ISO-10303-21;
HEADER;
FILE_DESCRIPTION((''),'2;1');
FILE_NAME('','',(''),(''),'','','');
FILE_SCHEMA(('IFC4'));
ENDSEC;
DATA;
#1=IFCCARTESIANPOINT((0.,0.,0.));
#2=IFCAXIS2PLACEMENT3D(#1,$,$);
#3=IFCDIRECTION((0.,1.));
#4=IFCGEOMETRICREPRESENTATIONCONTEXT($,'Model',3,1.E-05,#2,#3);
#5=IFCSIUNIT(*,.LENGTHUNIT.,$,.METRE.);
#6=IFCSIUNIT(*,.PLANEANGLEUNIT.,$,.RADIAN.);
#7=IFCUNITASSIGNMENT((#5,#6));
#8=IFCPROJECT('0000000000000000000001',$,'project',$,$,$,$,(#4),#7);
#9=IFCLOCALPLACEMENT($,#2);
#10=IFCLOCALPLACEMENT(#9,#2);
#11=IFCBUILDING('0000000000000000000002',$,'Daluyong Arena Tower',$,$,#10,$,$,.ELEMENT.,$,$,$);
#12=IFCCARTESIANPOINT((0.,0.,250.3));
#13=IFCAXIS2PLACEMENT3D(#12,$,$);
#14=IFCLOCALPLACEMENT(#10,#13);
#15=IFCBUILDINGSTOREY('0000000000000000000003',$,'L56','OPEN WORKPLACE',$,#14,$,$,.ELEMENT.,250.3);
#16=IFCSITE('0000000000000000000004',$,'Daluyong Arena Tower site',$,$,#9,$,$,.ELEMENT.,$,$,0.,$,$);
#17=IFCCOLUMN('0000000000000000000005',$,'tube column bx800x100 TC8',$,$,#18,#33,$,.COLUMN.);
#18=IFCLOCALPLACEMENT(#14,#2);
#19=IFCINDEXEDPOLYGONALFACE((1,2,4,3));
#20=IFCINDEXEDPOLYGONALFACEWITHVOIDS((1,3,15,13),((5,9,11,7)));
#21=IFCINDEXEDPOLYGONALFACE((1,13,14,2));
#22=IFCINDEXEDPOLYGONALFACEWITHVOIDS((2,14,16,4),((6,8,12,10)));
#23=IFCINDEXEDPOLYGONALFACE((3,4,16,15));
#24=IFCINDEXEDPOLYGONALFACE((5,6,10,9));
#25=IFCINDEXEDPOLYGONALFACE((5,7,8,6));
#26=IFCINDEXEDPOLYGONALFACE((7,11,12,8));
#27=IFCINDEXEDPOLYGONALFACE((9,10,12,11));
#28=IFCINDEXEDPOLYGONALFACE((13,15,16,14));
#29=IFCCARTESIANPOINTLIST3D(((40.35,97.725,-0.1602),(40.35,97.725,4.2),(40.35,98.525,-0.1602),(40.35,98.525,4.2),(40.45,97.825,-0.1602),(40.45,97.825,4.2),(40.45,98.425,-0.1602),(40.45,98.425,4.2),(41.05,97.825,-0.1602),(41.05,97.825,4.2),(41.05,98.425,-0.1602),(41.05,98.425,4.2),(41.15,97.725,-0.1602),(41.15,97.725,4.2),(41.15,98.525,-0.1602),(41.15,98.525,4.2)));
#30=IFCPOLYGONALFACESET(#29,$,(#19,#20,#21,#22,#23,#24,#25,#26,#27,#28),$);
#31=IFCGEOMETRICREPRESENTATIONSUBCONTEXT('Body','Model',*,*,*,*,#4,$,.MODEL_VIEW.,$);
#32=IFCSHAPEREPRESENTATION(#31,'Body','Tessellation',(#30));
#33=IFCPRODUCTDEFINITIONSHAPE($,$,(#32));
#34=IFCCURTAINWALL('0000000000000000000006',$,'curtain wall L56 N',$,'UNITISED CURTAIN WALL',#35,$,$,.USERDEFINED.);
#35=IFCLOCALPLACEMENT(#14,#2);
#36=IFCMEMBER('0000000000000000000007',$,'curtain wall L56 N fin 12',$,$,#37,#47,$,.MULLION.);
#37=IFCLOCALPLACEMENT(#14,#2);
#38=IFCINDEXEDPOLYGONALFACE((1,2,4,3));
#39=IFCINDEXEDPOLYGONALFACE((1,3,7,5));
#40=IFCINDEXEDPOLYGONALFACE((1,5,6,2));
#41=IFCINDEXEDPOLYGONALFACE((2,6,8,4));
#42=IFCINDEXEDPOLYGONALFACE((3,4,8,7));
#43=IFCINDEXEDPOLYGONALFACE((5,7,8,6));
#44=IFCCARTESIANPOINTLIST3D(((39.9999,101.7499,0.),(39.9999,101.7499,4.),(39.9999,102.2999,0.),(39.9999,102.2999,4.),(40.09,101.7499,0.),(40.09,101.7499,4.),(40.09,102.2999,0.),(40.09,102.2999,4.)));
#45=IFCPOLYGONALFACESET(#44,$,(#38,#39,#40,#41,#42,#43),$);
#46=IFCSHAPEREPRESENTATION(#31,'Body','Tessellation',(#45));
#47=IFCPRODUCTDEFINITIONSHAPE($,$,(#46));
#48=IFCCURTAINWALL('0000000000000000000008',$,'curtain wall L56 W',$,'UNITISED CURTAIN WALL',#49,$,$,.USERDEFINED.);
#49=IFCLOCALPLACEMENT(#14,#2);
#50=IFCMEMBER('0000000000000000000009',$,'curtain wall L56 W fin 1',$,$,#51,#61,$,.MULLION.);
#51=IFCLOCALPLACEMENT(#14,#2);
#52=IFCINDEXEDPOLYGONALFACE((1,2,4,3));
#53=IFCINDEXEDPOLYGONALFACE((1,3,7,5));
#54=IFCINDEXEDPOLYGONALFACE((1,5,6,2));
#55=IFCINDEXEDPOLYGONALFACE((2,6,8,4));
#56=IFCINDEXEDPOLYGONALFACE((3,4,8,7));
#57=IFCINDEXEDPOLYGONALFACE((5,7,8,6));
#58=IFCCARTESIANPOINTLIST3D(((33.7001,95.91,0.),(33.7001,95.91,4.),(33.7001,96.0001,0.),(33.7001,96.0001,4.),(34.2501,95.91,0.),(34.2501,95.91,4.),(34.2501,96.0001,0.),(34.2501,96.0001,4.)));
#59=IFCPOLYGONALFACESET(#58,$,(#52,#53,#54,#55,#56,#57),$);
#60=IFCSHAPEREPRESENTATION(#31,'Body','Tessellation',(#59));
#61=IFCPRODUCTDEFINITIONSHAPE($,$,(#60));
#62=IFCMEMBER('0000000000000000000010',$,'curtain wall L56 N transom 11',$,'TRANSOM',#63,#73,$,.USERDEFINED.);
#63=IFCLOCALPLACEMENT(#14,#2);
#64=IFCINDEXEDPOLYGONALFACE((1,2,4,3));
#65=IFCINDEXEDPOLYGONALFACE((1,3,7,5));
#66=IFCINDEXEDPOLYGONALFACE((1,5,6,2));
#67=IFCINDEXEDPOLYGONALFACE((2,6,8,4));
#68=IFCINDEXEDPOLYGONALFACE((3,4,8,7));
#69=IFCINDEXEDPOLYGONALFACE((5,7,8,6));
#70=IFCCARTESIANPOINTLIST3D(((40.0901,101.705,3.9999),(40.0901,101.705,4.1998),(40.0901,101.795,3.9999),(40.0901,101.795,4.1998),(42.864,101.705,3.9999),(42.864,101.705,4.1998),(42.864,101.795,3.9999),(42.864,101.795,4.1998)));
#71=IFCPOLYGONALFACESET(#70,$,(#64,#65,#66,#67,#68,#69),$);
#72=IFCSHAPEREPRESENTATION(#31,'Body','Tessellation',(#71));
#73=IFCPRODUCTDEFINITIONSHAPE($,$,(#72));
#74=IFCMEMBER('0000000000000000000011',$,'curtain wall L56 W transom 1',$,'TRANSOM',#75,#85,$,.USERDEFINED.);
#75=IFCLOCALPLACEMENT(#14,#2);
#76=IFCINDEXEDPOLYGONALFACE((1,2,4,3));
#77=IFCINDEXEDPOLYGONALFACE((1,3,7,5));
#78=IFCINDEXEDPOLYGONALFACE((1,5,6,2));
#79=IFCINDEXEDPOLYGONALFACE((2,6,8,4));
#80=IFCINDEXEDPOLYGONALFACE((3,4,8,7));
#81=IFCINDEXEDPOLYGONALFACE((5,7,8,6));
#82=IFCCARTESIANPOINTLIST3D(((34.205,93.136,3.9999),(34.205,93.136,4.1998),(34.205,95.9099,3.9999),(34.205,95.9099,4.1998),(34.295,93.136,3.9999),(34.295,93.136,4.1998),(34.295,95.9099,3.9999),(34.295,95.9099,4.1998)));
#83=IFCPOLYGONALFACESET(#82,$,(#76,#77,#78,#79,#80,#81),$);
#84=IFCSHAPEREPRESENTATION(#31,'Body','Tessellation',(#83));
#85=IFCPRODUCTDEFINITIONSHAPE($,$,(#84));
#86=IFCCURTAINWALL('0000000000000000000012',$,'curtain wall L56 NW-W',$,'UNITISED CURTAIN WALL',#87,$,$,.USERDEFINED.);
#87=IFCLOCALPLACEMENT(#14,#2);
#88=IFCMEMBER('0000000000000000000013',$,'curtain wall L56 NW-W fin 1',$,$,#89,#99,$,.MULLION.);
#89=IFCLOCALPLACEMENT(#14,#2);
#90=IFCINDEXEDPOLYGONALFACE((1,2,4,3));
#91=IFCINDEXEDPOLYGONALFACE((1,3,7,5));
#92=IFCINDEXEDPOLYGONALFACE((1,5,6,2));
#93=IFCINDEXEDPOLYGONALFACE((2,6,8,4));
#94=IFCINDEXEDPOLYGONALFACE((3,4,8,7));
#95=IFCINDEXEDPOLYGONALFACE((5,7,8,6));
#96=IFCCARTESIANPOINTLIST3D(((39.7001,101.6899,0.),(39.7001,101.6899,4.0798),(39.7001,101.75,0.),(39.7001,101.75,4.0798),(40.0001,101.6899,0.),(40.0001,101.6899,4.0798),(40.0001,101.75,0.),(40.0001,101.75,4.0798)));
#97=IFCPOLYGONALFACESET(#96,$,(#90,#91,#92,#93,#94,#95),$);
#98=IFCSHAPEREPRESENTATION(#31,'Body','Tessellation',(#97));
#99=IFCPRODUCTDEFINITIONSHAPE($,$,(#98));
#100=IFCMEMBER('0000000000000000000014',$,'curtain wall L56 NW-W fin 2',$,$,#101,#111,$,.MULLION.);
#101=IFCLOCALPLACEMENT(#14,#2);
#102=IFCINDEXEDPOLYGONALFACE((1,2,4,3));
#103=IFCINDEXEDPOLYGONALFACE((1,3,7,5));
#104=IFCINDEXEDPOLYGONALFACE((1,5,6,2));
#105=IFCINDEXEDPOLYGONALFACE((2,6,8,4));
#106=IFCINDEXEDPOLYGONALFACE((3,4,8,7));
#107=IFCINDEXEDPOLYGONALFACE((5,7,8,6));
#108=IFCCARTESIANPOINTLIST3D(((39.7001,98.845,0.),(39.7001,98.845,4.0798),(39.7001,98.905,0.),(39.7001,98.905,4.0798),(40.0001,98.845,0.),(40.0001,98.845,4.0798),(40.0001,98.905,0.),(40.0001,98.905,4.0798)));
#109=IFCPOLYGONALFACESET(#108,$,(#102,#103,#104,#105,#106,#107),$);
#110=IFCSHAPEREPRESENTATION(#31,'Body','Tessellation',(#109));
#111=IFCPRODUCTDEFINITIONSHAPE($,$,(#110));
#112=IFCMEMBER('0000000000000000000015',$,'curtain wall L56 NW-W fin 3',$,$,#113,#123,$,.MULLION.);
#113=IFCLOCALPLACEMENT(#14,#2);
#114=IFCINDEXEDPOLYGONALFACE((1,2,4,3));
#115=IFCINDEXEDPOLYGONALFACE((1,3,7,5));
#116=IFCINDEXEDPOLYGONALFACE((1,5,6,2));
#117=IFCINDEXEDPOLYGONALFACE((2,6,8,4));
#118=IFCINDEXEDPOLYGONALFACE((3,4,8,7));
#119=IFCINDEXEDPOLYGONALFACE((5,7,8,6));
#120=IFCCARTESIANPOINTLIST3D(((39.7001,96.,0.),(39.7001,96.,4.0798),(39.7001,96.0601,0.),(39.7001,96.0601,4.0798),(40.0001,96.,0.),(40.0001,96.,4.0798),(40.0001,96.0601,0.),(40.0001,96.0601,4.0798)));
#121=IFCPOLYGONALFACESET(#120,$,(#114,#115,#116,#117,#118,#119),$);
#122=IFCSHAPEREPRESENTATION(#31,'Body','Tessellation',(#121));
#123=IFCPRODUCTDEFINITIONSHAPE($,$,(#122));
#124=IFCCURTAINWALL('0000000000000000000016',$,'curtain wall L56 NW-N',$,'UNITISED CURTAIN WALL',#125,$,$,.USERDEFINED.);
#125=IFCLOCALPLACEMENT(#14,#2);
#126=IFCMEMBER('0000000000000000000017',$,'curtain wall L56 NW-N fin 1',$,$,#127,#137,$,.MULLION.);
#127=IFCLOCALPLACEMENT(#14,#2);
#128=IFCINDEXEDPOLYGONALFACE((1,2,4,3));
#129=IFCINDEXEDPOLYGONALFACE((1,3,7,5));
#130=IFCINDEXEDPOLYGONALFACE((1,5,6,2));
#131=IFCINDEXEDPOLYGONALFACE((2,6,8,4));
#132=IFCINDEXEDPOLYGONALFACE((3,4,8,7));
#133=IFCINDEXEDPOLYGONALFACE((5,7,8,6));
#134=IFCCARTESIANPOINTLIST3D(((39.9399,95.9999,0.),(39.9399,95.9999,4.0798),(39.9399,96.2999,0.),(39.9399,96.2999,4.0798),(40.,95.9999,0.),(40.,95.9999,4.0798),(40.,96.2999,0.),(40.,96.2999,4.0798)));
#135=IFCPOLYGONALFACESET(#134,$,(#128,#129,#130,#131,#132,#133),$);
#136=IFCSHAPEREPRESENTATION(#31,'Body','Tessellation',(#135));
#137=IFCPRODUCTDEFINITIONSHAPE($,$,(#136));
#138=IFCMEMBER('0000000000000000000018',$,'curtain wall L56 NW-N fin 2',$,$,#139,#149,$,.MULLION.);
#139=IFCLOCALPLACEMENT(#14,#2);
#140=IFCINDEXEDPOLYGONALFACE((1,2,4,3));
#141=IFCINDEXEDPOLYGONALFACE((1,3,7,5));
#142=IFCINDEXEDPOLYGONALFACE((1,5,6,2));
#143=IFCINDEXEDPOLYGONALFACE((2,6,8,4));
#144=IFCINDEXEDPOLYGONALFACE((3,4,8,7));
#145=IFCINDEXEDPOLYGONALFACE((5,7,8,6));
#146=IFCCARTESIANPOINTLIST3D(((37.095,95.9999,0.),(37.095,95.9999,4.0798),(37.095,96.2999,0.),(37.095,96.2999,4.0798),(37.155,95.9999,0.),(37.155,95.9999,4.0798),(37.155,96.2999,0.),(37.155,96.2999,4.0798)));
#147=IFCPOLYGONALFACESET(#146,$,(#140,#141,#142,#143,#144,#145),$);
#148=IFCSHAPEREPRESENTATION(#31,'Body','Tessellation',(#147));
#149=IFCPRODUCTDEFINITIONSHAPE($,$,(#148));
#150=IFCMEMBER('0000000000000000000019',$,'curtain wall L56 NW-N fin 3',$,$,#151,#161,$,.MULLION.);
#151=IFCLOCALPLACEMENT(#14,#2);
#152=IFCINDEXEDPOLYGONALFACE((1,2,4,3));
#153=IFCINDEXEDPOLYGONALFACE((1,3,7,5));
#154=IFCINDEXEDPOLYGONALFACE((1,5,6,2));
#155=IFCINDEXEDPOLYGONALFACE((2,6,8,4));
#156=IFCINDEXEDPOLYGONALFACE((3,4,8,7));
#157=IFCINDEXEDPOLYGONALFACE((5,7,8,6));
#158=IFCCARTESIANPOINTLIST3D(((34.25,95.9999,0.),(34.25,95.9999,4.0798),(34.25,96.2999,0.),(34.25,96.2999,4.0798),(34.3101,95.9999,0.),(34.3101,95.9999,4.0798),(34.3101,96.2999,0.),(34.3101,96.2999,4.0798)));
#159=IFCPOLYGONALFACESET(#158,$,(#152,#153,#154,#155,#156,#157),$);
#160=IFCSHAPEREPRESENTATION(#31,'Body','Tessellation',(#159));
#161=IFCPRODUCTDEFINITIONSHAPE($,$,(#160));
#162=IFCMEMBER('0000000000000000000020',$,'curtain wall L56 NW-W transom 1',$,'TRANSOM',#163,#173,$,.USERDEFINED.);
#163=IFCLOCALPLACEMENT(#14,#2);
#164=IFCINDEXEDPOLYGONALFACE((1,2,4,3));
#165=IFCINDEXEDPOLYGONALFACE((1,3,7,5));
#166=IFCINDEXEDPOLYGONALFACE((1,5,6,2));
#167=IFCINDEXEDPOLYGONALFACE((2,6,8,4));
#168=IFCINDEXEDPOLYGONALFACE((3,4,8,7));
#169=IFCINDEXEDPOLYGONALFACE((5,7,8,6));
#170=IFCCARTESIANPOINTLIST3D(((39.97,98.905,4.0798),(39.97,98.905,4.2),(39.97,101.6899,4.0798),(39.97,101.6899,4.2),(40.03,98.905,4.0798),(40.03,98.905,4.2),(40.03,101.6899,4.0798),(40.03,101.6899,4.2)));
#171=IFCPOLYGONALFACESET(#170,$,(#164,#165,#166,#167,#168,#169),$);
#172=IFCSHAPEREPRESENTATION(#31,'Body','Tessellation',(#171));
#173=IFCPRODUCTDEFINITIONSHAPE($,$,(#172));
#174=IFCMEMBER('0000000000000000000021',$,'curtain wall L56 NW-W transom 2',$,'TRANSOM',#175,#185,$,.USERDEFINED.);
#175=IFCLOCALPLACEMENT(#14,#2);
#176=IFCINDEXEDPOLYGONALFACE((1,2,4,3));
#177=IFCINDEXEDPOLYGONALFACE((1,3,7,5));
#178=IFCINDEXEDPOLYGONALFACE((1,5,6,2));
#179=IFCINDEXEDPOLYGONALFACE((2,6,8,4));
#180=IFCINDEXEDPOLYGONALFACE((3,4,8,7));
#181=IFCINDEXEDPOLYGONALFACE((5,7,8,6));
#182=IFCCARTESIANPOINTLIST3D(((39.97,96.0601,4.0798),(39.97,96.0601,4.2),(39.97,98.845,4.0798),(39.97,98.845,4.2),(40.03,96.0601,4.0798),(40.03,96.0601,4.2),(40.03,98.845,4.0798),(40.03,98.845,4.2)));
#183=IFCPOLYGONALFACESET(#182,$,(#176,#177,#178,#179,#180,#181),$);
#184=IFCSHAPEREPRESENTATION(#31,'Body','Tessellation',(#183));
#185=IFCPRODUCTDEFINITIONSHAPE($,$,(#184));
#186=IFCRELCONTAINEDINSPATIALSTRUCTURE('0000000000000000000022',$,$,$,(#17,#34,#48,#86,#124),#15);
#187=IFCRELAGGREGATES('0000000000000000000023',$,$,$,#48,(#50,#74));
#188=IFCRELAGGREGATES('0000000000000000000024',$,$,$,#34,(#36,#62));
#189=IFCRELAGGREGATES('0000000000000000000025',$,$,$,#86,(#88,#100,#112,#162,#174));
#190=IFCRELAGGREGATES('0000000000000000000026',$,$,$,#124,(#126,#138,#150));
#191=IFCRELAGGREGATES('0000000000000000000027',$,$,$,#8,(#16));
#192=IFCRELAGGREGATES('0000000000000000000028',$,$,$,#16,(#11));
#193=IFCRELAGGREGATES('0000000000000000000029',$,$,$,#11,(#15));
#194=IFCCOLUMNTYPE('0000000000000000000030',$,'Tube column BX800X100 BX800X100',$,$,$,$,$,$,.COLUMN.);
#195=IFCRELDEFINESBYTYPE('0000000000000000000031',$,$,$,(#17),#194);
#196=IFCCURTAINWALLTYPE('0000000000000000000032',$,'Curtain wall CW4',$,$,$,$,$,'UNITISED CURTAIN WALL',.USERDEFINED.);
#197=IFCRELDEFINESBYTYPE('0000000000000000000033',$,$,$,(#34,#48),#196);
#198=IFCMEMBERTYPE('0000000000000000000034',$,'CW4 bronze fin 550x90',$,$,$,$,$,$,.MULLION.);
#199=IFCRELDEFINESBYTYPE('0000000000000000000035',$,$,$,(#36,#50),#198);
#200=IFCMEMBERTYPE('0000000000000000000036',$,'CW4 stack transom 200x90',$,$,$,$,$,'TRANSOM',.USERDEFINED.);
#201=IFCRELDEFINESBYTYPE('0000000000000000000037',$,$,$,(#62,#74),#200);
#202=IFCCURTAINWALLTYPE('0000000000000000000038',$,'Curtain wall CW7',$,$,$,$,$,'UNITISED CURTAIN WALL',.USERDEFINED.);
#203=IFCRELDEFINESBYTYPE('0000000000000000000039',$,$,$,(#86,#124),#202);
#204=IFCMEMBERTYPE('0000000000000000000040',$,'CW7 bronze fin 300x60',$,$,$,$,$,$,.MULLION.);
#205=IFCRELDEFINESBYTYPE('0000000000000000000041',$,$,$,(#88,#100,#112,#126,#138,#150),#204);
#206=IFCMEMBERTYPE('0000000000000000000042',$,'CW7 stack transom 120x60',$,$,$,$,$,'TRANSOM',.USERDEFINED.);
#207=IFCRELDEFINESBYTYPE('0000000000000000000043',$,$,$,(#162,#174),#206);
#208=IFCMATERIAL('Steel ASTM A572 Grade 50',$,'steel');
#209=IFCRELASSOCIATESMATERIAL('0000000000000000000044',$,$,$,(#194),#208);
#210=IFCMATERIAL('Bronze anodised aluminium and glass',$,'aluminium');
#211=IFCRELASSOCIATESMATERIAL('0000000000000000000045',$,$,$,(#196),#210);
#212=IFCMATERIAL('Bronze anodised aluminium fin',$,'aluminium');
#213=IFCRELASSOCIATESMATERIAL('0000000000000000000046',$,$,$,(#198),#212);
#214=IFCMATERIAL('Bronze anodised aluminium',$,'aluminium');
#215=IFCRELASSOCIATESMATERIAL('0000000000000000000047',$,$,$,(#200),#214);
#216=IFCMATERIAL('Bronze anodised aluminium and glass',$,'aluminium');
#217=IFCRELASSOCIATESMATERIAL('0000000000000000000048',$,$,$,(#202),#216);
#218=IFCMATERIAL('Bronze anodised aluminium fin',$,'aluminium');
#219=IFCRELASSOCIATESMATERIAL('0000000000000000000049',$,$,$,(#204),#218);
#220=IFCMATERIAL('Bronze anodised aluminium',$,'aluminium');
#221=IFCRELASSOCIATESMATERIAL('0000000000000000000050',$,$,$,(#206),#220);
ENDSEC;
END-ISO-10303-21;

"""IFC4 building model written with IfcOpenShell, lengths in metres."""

from ifc_helpers import new_model, si_unit, direction, frame, origin, origin_2d, place, context, subcontext, project, spatial, rectangle, hollow_rectangle, extrude, material, material_profile, profile_set, type_object, element, aggregate, save


model = new_model("IFC4")

# Units and contexts
model_context = context("Model", 3, precision=1e-05, world=origin(), true_north=direction((0.0, 1.0)))
body_context = subcontext(model_context, "Body", "Model", "MODEL_VIEW")
ifc_project = project(units=[si_unit("LENGTHUNIT", "METRE"), si_unit("PLANEANGLEUNIT", "RADIAN")], contexts=[model_context])

# Site, building, storey
site_placement = place(None, origin())
site = spatial("IfcSite", under=ifc_project, at=site_placement, Name="Daluyong Arena Tower site", CompositionType="ELEMENT", RefElevation=0.0)
building_placement = place(site_placement, origin())
building = spatial("IfcBuilding", under=site, at=building_placement, Name="Daluyong Arena Tower", CompositionType="ELEMENT")
storey_placement = place(building_placement, frame((0.0, 0.0, 250.3)))
storey = spatial("IfcBuildingStorey", under=building, at=storey_placement, Name="L56", Description="OPEN WORKPLACE", CompositionType="ELEMENT", Elevation=250.3)

# Column
ifc_material_1 = material(Name="Steel ASTM A572 Grade 50", Category="steel")
ifc_material_profile_1 = material_profile(ifc_material_1, hollow_rectangle(XDim=0.8, YDim=0.8, WallThickness=0.1, at=origin_2d()))
ifc_profile_set_1 = profile_set([ifc_material_profile_1], Name="Steel ASTM A572 Grade 50")
column_type_1 = type_object("IfcColumnType", Name="Tube column BX800X100 BX800X100", PredefinedType="COLUMN", material=ifc_profile_set_1)
column_1_placement = place(storey_placement, frame((40.75, 98.125, -0.1602), z_axis=(0.0, 0.0, 1.0), x_axis=(0.0, 1.0, 0.0)))
element("IfcColumn", 1, at=column_1_placement, inside=storey, type_object=column_type_1, Name="tube column bx800x100 TC8", PredefinedType="COLUMN", context=body_context, shape_type="SweptSolid", body=[
    extrude(hollow_rectangle(XDim=0.8, YDim=0.8, WallThickness=0.1, at=origin_2d()), origin(), (0.0, 0.0, 1.0), 4.3601),
])

# Curtain walls, members
ifc_material_2 = material(Name="Bronze anodised aluminium and glass", Category="aluminium")
curtain_wall_type_1 = type_object("IfcCurtainWallType", Name="Curtain wall CW4", ElementType="UNITISED CURTAIN WALL", PredefinedType="USERDEFINED", material=ifc_material_2)
curtain_wall_1_placement = place(storey_placement, origin())
curtain_wall_1 = element("IfcCurtainWall", 2, at=curtain_wall_1_placement, inside=storey, type_object=curtain_wall_type_1, Name="curtain wall L56 N", ObjectType="UNITISED CURTAIN WALL", PredefinedType="USERDEFINED")
ifc_material_3 = material(Name="Bronze anodised aluminium fin", Category="aluminium")
ifc_material_profile_2 = material_profile(ifc_material_3, rectangle(XDim=0.55, YDim=0.0901, at=origin_2d()))
ifc_profile_set_2 = profile_set([ifc_material_profile_2], Name="Bronze anodised aluminium fin")
member_type_1 = type_object("IfcMemberType", Name="CW4 bronze fin 550x90", PredefinedType="MULLION", material=ifc_profile_set_2)
member_1_placement = place(storey_placement, frame((40.0449, 102.0249, 0.0), z_axis=(0.0, 0.0, 1.0), x_axis=(0.0, -1.0, 0.0)))
member_1 = element("IfcMember", 3, at=member_1_placement, type_object=member_type_1, Name="curtain wall L56 N fin 12", PredefinedType="MULLION", context=body_context, shape_type="SweptSolid", body=[
    extrude(rectangle(XDim=0.55, YDim=0.0901, at=origin_2d()), origin(), (0.0, 0.0, 1.0), 4.0),
])
curtain_wall_2_placement = place(storey_placement, origin())
curtain_wall_2 = element("IfcCurtainWall", 4, at=curtain_wall_2_placement, inside=storey, type_object=curtain_wall_type_1, Name="curtain wall L56 W", ObjectType="UNITISED CURTAIN WALL", PredefinedType="USERDEFINED")
member_2_placement = place(storey_placement, frame((33.9751, 95.9551, 0.0), z_axis=(0.0, 0.0, 1.0), x_axis=(1.0, 0.0, 0.0)))
member_2 = element("IfcMember", 5, at=member_2_placement, type_object=member_type_1, Name="curtain wall L56 W fin 1", PredefinedType="MULLION", context=body_context, shape_type="SweptSolid", body=[
    extrude(rectangle(XDim=0.55, YDim=0.0901, at=origin_2d()), origin(), (0.0, 0.0, 1.0), 4.0),
])

# Members
ifc_material_4 = material(Name="Bronze anodised aluminium", Category="aluminium")
ifc_material_profile_3 = material_profile(ifc_material_4, rectangle(XDim=0.0901, YDim=0.2, at=origin_2d()))
ifc_profile_set_3 = profile_set([ifc_material_profile_3], Name="Bronze anodised aluminium")
member_type_2 = type_object("IfcMemberType", Name="CW4 stack transom 200x90", ElementType="TRANSOM", PredefinedType="USERDEFINED", material=ifc_profile_set_3)
member_3_placement = place(storey_placement, frame((42.864, 101.75, 4.0999), z_axis=(-1.0, 0.0, 0.0), x_axis=(0.0, -1.0, 0.0)))
member_3 = element("IfcMember", 6, at=member_3_placement, type_object=member_type_2, Name="curtain wall L56 N transom 11", ObjectType="TRANSOM", PredefinedType="USERDEFINED", context=body_context, shape_type="SweptSolid", body=[
    extrude(rectangle(XDim=0.0901, YDim=0.2, at=origin_2d()), origin(), (0.0, 0.0, 1.0), 2.7739),
])
member_4_placement = place(storey_placement, frame((34.25, 95.9099, 4.0999), z_axis=(0.0, -1.0, 0.0), x_axis=(1.0, 0.0, 0.0)))
member_4 = element("IfcMember", 7, at=member_4_placement, type_object=member_type_2, Name="curtain wall L56 W transom 1", ObjectType="TRANSOM", PredefinedType="USERDEFINED", context=body_context, shape_type="SweptSolid", body=[
    extrude(rectangle(XDim=0.0901, YDim=0.2, at=origin_2d()), origin(), (0.0, 0.0, 1.0), 2.7739),
])
aggregate(curtain_wall_2, [member_2, member_4])

# Curtain walls, members
ifc_material_5 = material(Name="Bronze anodised aluminium and glass", Category="aluminium")
curtain_wall_type_2 = type_object("IfcCurtainWallType", Name="Curtain wall CW7", ElementType="UNITISED CURTAIN WALL", PredefinedType="USERDEFINED", material=ifc_material_5)
curtain_wall_3_placement = place(storey_placement, origin())
curtain_wall_3 = element("IfcCurtainWall", 8, at=curtain_wall_3_placement, inside=storey, type_object=curtain_wall_type_2, Name="curtain wall L56 NW-W", ObjectType="UNITISED CURTAIN WALL", PredefinedType="USERDEFINED")
ifc_material_6 = material(Name="Bronze anodised aluminium fin", Category="aluminium")
ifc_material_profile_4 = material_profile(ifc_material_6, rectangle(XDim=0.3, YDim=0.0601, at=origin_2d()))
ifc_profile_set_4 = profile_set([ifc_material_profile_4], Name="Bronze anodised aluminium fin")
member_type_3 = type_object("IfcMemberType", Name="CW7 bronze fin 300x60", PredefinedType="MULLION", material=ifc_profile_set_4)
member_5_placement = place(storey_placement, frame((39.8501, 101.72, 0.0), z_axis=(0.0, 0.0, 1.0), x_axis=(1.0, 0.0, 0.0)))
member_5 = element("IfcMember", 9, at=member_5_placement, type_object=member_type_3, Name="curtain wall L56 NW-W fin 1", PredefinedType="MULLION", context=body_context, shape_type="SweptSolid", body=[
    extrude(rectangle(XDim=0.3, YDim=0.0601, at=origin_2d()), origin(), (0.0, 0.0, 1.0), 4.0798),
])
member_6_placement = place(storey_placement, frame((39.8501, 98.875, 0.0), z_axis=(0.0, 0.0, 1.0), x_axis=(1.0, 0.0, 0.0)))
member_6 = element("IfcMember", 10, at=member_6_placement, type_object=member_type_3, Name="curtain wall L56 NW-W fin 2", PredefinedType="MULLION", context=body_context, shape_type="SweptSolid", body=[
    extrude(rectangle(XDim=0.3, YDim=0.0601, at=origin_2d()), origin(), (0.0, 0.0, 1.0), 4.0798),
])
member_7_placement = place(storey_placement, frame((39.8501, 96.03, 0.0), z_axis=(0.0, 0.0, 1.0), x_axis=(1.0, 0.0, 0.0)))
member_7 = element("IfcMember", 11, at=member_7_placement, type_object=member_type_3, Name="curtain wall L56 NW-W fin 3", PredefinedType="MULLION", context=body_context, shape_type="SweptSolid", body=[
    extrude(rectangle(XDim=0.3, YDim=0.0601, at=origin_2d()), origin(), (0.0, 0.0, 1.0), 4.0798),
])
curtain_wall_4_placement = place(storey_placement, origin())
curtain_wall_4 = element("IfcCurtainWall", 12, at=curtain_wall_4_placement, inside=storey, type_object=curtain_wall_type_2, Name="curtain wall L56 NW-N", ObjectType="UNITISED CURTAIN WALL", PredefinedType="USERDEFINED")
member_8_placement = place(storey_placement, frame((39.97, 96.1499, 0.0), z_axis=(0.0, 0.0, 1.0), x_axis=(0.0, -1.0, 0.0)))
member_8 = element("IfcMember", 13, at=member_8_placement, type_object=member_type_3, Name="curtain wall L56 NW-N fin 1", PredefinedType="MULLION", context=body_context, shape_type="SweptSolid", body=[
    extrude(rectangle(XDim=0.3, YDim=0.0601, at=origin_2d()), origin(), (0.0, 0.0, 1.0), 4.0798),
])
member_9_placement = place(storey_placement, frame((37.125, 96.1499, 0.0), z_axis=(0.0, 0.0, 1.0), x_axis=(0.0, -1.0, 0.0)))
member_9 = element("IfcMember", 14, at=member_9_placement, type_object=member_type_3, Name="curtain wall L56 NW-N fin 2", PredefinedType="MULLION", context=body_context, shape_type="SweptSolid", body=[
    extrude(rectangle(XDim=0.3, YDim=0.0601, at=origin_2d()), origin(), (0.0, 0.0, 1.0), 4.0798),
])
member_10_placement = place(storey_placement, frame((34.28, 96.1499, 0.0), z_axis=(0.0, 0.0, 1.0), x_axis=(0.0, -1.0, 0.0)))
member_10 = element("IfcMember", 15, at=member_10_placement, type_object=member_type_3, Name="curtain wall L56 NW-N fin 3", PredefinedType="MULLION", context=body_context, shape_type="SweptSolid", body=[
    extrude(rectangle(XDim=0.3, YDim=0.0601, at=origin_2d()), origin(), (0.0, 0.0, 1.0), 4.0798),
])

# Members
ifc_material_7 = material(Name="Bronze anodised aluminium", Category="aluminium")
ifc_material_profile_5 = material_profile(ifc_material_7, rectangle(XDim=0.0601, YDim=0.1201, at=origin_2d()))
ifc_profile_set_5 = profile_set([ifc_material_profile_5], Name="Bronze anodised aluminium")
member_type_4 = type_object("IfcMemberType", Name="CW7 stack transom 120x60", ElementType="TRANSOM", PredefinedType="USERDEFINED", material=ifc_profile_set_5)
member_11_placement = place(storey_placement, frame((40.0, 101.6899, 4.1399), z_axis=(0.0, -1.0, 0.0), x_axis=(1.0, 0.0, 0.0)))
member_11 = element("IfcMember", 16, at=member_11_placement, type_object=member_type_4, Name="curtain wall L56 NW-W transom 1", ObjectType="TRANSOM", PredefinedType="USERDEFINED", context=body_context, shape_type="SweptSolid", body=[
    extrude(rectangle(XDim=0.0601, YDim=0.1201, at=origin_2d()), origin(), (0.0, 0.0, 1.0), 2.7849),
])
member_12_placement = place(storey_placement, frame((40.0, 98.845, 4.1399), z_axis=(0.0, -1.0, 0.0), x_axis=(1.0, 0.0, 0.0)))
member_12 = element("IfcMember", 17, at=member_12_placement, type_object=member_type_4, Name="curtain wall L56 NW-W transom 2", ObjectType="TRANSOM", PredefinedType="USERDEFINED", context=body_context, shape_type="SweptSolid", body=[
    extrude(rectangle(XDim=0.0601, YDim=0.1201, at=origin_2d()), origin(), (0.0, 0.0, 1.0), 2.7849),
])

aggregate(curtain_wall_1, [member_1, member_3])
aggregate(curtain_wall_3, [member_5, member_6, member_7, member_11, member_12])
aggregate(curtain_wall_4, [member_8, member_9, member_10])

save(model, "model.ifc")
